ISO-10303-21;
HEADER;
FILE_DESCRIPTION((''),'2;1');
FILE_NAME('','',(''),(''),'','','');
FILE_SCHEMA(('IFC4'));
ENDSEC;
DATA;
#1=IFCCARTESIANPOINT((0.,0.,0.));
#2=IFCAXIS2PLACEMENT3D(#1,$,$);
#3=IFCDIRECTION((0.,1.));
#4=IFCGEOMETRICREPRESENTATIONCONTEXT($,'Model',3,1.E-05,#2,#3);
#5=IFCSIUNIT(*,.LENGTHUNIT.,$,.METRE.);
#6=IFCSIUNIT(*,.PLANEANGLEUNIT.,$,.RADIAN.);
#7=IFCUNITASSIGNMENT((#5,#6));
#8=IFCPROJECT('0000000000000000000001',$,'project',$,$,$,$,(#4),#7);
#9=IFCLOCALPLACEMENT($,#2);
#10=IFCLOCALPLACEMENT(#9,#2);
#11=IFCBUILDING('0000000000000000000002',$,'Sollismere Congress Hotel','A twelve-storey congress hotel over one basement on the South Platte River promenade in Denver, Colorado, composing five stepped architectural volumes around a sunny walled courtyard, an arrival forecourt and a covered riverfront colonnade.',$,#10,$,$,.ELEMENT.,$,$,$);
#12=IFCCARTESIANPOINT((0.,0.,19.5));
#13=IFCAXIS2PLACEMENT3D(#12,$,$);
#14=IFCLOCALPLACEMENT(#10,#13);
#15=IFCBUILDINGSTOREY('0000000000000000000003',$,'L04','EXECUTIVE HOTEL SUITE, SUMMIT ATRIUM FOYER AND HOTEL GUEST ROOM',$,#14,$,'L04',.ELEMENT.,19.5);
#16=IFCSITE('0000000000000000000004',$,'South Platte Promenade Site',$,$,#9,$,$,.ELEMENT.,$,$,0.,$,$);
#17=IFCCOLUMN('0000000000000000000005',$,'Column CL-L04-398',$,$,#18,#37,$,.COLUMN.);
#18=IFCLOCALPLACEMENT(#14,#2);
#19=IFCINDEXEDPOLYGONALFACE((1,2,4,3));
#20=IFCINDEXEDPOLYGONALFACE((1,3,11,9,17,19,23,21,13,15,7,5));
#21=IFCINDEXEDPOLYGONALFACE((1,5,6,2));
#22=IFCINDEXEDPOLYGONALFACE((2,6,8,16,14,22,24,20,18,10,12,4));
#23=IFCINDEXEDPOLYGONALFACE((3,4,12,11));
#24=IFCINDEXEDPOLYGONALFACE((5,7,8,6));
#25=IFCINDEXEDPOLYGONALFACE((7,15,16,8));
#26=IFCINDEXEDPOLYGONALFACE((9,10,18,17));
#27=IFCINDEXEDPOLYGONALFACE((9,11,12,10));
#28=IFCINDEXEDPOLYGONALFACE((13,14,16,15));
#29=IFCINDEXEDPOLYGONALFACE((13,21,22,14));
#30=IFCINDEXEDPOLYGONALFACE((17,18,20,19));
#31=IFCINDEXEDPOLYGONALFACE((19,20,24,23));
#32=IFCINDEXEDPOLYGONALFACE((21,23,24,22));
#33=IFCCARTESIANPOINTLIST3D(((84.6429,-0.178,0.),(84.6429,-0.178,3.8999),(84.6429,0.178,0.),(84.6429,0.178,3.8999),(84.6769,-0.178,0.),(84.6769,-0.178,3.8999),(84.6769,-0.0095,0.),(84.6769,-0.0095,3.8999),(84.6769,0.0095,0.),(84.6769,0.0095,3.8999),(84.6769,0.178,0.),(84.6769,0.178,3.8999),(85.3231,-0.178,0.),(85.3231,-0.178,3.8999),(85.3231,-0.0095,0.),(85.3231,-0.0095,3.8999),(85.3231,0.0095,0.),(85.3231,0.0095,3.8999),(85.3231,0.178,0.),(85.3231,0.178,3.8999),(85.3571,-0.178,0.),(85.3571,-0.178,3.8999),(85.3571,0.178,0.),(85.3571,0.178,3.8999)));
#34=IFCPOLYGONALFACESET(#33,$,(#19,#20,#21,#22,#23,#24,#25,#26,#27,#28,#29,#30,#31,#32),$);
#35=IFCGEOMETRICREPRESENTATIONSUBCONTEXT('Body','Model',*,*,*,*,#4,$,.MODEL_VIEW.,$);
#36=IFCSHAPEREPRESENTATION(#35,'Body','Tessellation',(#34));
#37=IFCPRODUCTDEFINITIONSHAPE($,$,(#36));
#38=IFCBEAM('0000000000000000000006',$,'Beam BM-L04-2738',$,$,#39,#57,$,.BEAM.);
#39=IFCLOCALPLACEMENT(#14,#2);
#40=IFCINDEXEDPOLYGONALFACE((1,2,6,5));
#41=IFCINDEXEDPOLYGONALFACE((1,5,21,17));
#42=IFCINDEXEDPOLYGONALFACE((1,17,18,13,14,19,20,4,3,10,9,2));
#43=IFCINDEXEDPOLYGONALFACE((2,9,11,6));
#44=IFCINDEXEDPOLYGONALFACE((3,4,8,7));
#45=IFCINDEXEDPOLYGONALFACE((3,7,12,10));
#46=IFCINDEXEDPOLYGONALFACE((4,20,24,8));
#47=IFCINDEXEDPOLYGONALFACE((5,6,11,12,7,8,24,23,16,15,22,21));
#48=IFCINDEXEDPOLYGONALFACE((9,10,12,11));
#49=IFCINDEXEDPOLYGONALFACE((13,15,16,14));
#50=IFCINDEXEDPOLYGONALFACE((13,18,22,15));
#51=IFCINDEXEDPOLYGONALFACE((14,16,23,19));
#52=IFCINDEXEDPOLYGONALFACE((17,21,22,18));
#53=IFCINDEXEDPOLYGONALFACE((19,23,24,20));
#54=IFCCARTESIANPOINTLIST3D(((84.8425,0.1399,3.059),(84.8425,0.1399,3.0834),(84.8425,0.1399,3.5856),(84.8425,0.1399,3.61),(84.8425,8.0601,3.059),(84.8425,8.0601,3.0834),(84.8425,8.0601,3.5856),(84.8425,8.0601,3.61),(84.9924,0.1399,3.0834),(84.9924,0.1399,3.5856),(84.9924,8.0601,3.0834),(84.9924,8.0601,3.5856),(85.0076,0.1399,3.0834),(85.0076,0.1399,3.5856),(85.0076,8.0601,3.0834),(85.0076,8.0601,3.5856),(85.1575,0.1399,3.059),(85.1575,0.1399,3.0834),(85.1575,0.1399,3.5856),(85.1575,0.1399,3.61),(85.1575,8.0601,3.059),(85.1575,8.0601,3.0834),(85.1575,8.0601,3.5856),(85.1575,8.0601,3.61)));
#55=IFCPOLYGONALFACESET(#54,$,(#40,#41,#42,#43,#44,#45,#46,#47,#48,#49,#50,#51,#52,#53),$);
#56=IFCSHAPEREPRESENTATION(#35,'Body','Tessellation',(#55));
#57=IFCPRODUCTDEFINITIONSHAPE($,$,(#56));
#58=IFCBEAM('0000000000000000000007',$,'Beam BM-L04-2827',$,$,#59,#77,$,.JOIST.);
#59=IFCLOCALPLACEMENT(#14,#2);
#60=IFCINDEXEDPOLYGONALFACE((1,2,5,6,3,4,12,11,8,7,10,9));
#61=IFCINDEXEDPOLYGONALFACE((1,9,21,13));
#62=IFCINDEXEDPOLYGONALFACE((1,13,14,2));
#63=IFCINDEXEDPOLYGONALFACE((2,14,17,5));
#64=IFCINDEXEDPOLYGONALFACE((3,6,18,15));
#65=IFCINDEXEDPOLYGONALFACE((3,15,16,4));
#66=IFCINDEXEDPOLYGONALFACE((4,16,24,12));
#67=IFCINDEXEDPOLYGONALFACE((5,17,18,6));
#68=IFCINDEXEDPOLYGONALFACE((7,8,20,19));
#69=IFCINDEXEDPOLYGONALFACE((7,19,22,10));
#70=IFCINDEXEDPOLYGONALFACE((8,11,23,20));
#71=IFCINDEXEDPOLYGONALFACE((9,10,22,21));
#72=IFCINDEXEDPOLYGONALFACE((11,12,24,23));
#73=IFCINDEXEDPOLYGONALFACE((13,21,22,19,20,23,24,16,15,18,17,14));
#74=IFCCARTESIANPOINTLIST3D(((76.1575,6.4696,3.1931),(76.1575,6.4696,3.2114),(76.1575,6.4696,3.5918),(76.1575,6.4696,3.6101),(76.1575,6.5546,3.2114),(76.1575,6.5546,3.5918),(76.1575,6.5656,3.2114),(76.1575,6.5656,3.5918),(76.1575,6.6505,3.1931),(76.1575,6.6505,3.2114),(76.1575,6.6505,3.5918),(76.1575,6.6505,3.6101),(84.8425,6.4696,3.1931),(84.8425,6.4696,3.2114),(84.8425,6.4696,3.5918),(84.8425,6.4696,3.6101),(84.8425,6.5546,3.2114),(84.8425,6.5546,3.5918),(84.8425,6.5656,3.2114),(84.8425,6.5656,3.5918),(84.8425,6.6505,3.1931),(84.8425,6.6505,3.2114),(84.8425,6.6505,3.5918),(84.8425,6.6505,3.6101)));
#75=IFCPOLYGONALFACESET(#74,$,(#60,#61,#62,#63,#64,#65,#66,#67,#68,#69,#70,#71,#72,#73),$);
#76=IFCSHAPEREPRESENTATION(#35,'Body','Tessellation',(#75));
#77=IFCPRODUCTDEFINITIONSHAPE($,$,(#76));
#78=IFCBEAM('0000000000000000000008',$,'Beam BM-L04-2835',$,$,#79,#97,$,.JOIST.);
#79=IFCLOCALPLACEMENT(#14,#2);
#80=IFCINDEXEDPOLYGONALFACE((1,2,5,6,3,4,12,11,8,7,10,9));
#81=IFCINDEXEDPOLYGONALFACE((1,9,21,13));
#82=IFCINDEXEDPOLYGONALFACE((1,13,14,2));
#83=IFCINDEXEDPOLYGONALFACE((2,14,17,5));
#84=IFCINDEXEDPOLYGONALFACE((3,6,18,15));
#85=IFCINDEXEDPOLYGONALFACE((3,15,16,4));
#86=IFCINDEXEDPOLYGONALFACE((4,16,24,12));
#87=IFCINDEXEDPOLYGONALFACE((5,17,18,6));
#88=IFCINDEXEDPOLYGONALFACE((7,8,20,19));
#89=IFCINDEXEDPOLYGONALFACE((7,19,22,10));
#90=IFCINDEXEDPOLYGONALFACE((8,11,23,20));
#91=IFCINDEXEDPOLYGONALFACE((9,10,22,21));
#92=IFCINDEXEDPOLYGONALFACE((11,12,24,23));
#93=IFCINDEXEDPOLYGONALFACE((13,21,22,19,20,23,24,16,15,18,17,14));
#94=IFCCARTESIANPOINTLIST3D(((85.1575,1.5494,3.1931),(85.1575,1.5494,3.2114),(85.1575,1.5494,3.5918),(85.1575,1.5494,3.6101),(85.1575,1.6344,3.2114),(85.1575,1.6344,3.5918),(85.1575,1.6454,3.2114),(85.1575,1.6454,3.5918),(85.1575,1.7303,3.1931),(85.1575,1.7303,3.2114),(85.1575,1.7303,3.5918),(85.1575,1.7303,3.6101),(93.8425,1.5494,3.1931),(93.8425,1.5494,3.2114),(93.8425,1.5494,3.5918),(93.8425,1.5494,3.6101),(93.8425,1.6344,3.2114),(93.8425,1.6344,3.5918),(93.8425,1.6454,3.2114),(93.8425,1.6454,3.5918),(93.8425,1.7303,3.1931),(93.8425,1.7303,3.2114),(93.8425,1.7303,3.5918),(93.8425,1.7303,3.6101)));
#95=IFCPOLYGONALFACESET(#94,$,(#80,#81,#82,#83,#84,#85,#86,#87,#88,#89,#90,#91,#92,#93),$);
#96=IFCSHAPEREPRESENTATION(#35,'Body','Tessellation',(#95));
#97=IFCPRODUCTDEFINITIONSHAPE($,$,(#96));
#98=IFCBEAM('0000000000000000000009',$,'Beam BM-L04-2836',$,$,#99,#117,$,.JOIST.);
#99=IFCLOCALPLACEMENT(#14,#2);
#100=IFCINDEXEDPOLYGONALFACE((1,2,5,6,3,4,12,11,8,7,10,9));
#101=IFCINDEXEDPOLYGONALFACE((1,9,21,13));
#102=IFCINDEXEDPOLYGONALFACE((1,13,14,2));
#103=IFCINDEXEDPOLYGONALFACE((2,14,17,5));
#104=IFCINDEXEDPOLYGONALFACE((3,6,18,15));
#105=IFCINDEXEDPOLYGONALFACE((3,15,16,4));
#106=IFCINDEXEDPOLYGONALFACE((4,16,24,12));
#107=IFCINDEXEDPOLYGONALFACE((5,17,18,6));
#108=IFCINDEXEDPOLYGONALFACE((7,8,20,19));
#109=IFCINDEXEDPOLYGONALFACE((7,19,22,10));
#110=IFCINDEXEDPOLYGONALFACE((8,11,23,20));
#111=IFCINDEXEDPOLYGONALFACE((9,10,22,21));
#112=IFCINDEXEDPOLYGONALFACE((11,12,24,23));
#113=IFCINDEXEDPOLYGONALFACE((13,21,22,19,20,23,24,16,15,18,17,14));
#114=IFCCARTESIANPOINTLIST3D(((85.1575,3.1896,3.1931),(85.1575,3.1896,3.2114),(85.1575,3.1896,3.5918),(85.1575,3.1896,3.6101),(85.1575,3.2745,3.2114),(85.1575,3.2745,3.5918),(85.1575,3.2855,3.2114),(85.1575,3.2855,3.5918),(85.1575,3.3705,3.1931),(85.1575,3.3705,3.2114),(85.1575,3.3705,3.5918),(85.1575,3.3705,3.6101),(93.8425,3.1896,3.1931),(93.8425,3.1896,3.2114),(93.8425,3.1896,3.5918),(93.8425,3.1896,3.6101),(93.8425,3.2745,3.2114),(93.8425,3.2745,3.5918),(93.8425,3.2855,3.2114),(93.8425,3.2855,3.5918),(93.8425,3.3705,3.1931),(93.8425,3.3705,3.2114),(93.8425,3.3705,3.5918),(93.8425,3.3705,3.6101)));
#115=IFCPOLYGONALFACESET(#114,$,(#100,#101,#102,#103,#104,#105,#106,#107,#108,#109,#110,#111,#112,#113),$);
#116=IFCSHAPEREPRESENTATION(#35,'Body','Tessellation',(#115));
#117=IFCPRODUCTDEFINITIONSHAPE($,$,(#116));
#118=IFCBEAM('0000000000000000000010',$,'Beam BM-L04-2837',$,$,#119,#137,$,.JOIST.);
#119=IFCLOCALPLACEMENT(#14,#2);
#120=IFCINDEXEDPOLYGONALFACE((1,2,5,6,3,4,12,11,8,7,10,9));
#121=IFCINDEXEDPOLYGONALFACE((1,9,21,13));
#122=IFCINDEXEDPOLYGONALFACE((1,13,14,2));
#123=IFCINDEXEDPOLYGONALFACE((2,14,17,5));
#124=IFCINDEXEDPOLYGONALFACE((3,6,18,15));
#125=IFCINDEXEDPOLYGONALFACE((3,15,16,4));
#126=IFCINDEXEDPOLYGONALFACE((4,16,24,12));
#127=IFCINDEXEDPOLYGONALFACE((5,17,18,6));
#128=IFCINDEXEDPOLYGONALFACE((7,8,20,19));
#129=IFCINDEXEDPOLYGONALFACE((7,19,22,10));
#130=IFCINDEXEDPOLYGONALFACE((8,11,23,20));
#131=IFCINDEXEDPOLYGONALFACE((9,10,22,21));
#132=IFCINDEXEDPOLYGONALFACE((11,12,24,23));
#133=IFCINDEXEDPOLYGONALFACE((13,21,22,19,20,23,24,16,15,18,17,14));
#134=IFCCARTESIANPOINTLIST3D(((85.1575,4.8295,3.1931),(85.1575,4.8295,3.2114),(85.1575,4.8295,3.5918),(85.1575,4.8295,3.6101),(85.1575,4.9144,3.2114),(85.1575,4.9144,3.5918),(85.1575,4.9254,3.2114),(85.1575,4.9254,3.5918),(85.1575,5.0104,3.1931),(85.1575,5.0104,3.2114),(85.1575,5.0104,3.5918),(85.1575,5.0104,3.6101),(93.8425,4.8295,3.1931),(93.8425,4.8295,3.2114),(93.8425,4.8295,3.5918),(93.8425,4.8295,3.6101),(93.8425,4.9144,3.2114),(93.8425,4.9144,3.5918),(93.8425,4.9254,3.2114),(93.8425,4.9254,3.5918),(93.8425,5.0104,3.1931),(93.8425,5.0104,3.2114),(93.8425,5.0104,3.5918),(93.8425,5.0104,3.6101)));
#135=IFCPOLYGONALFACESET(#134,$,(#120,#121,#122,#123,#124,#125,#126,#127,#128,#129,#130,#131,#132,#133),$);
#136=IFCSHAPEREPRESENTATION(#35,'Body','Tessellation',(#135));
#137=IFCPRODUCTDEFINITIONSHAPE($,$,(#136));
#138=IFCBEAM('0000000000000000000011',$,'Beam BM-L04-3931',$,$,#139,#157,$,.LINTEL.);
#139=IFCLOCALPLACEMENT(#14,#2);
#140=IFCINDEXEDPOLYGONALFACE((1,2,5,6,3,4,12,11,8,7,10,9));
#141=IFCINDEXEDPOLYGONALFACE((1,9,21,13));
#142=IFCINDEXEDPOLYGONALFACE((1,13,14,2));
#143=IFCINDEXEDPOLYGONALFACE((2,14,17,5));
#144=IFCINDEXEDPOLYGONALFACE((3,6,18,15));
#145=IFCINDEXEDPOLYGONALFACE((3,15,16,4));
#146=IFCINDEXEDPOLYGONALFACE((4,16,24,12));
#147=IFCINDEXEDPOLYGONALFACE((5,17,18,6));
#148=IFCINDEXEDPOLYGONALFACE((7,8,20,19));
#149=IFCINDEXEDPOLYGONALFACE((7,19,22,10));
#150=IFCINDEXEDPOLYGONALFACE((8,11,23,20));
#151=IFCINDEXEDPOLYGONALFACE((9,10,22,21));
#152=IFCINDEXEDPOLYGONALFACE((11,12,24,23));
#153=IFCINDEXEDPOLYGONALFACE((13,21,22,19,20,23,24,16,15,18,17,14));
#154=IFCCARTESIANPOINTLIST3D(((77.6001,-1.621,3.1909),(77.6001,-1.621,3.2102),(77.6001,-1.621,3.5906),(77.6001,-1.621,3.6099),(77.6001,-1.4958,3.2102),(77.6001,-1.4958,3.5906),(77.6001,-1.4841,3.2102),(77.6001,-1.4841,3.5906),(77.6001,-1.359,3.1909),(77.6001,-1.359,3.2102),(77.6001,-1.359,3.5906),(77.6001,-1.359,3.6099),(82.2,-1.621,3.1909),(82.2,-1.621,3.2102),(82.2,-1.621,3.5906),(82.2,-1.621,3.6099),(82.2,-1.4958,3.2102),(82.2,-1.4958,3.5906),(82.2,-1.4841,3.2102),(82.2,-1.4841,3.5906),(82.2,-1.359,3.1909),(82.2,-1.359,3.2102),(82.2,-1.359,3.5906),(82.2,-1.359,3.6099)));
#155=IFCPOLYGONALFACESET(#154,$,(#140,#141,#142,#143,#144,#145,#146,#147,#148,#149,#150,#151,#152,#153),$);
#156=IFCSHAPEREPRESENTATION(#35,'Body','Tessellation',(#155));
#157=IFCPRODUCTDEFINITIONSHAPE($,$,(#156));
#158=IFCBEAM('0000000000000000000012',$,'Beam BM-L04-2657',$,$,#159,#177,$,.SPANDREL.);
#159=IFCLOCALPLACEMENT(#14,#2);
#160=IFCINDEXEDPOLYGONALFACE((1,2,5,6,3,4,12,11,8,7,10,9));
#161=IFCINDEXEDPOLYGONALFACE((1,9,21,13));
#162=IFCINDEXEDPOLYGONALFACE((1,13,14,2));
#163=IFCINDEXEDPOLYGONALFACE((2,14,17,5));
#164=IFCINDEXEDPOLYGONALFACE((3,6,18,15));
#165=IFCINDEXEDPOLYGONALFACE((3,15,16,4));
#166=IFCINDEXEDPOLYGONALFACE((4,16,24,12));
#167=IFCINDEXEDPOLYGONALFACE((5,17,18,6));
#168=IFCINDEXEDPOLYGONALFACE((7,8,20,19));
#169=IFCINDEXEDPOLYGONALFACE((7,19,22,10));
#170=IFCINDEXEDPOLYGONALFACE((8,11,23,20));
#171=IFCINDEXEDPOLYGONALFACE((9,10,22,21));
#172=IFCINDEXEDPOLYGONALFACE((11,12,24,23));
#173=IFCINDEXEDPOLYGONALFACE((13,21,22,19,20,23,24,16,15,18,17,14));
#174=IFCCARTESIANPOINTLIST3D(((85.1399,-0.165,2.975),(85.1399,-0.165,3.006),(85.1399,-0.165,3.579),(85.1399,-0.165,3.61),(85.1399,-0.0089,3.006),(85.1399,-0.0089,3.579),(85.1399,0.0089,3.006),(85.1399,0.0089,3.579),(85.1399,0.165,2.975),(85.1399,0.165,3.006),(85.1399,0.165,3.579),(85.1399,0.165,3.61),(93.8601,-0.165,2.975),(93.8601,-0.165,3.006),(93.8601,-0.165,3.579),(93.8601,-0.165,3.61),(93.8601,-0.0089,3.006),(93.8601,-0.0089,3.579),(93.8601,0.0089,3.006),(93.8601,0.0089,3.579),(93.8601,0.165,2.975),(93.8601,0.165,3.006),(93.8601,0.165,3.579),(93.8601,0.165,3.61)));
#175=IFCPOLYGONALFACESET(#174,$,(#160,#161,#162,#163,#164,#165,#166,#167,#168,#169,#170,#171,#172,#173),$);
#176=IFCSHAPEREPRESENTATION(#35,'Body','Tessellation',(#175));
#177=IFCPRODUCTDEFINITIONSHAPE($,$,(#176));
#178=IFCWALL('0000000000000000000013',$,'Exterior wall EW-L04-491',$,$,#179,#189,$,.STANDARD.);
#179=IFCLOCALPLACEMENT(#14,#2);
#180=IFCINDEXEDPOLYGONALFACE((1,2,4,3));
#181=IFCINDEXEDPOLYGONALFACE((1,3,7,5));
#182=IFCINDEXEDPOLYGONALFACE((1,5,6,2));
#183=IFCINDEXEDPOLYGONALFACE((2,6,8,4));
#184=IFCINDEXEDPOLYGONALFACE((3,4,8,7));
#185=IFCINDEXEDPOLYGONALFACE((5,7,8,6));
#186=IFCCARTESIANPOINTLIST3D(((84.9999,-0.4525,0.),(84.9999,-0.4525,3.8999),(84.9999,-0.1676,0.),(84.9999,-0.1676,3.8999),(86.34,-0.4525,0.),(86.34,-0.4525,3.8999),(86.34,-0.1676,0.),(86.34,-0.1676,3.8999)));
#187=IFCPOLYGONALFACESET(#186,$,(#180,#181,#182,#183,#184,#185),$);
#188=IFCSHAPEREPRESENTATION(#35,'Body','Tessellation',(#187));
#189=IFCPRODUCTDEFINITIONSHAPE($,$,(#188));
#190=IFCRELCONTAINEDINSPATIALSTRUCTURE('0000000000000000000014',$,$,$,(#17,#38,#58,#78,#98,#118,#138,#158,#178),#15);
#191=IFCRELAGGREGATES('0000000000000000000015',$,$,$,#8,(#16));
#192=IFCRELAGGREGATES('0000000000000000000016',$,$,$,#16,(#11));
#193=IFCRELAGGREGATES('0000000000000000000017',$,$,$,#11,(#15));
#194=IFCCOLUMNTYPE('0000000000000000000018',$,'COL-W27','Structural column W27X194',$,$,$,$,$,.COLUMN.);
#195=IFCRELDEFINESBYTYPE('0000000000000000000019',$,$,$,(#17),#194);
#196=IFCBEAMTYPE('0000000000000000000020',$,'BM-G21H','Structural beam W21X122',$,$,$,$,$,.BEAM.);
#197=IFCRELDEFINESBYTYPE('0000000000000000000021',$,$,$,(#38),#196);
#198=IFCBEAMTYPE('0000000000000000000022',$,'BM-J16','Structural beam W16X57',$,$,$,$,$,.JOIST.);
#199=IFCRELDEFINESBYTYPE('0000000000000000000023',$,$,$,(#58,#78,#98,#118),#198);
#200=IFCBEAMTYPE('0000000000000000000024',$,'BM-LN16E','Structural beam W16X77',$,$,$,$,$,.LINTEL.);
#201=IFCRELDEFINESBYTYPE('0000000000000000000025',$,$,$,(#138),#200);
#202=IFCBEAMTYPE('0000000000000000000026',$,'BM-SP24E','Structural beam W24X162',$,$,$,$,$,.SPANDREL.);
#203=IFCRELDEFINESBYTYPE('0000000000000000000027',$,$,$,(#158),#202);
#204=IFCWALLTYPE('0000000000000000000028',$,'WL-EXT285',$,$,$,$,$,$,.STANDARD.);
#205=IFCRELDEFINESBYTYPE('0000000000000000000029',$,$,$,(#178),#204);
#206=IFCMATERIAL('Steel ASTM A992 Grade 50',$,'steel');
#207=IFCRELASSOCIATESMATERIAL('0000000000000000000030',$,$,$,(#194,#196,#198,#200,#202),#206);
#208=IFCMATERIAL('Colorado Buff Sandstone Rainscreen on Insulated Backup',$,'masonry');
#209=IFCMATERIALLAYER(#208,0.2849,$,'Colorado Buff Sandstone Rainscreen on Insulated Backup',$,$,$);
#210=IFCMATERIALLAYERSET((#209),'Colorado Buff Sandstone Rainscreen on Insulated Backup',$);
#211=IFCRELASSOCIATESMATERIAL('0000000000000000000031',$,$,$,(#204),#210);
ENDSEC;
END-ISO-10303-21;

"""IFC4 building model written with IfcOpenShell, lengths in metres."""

from ifc_helpers import new_model, si_unit, direction, frame, frame_2d, origin, origin_2d, place, context, subcontext, project, spatial, rectangle, i_section, extrude, material, layer, layer_set, material_profile, profile_set, type_object, element, save


model = new_model("IFC4")

# Units and contexts
model_context = context("Model", 3, precision=1e-05, world=origin(), true_north=direction((0.0, 1.0)))
body_context = subcontext(model_context, "Body", "Model", "MODEL_VIEW")
ifc_project = project(units=[si_unit("LENGTHUNIT", "METRE"), si_unit("PLANEANGLEUNIT", "RADIAN")], contexts=[model_context])

# Site, building, storey
site_placement = place(None, origin())
site = spatial("IfcSite", under=ifc_project, at=site_placement, Name="South Platte Promenade Site", CompositionType="ELEMENT", RefElevation=0.0)
building_placement = place(site_placement, origin())
building = spatial("IfcBuilding", under=site, at=building_placement, Name="Sollismere Congress Hotel", Description="A twelve-storey congress hotel over one basement on the South Platte River promenade in Denver, Colorado, composing five stepped architectural volumes around a sunny walled courtyard, an arrival forecourt and a covered riverfront colonnade.", CompositionType="ELEMENT")
storey_placement = place(building_placement, frame((0.0, 0.0, 19.5)))
storey = spatial("IfcBuildingStorey", under=building, at=storey_placement, Name="L04", Description="EXECUTIVE HOTEL SUITE, SUMMIT ATRIUM FOYER AND HOTEL GUEST ROOM", LongName="L04", CompositionType="ELEMENT", Elevation=19.5)

# Column
ifc_material_1 = material(Name="Steel ASTM A992 Grade 50", Category="steel")
ifc_material_profile_1 = material_profile(ifc_material_1, i_section(OverallWidth=0.356, OverallDepth=0.7141, WebThickness=0.019, FlangeThickness=0.0339, at=origin_2d()), Name="W27X194")
ifc_profile_set_1 = profile_set([ifc_material_profile_1], Name="Steel ASTM A992 Grade 50")
column_type = type_object("IfcColumnType", Name="COL-W27", Description="Structural column W27X194", PredefinedType="COLUMN", material=ifc_profile_set_1)
column_placement = place(storey_placement, frame((85.0, 0.0, 0.0), z_axis=(0.0, 0.0, 1.0), x_axis=(0.0, 1.0, 0.0)))
element("IfcColumn", 1, at=column_placement, inside=storey, type_object=column_type, Name="Column CL-L04-398", PredefinedType="COLUMN", context=body_context, shape_type="SweptSolid", body=[
    extrude(i_section(OverallWidth=0.356, OverallDepth=0.7141, WebThickness=0.019, FlangeThickness=0.0339, at=origin_2d()), origin(), (0.0, 0.0, 1.0), 3.8999),
])

# Beams
ifc_material_profile_2 = material_profile(ifc_material_1, i_section(OverallWidth=0.3149, OverallDepth=0.551, WebThickness=0.0151, FlangeThickness=0.0244, at=origin_2d()), Name="W21X122")
ifc_profile_set_2 = profile_set([ifc_material_profile_2], Name="Steel ASTM A992 Grade 50")
beam_type_1 = type_object("IfcBeamType", Name="BM-G21H", Description="Structural beam W21X122", PredefinedType="BEAM", material=ifc_profile_set_2)
beam_1_placement = place(storey_placement, frame((85.0, 0.1399, 3.3345), z_axis=(0.0, 1.0, 0.0), x_axis=(-1.0, 0.0, 0.0)))
element("IfcBeam", 2, at=beam_1_placement, inside=storey, type_object=beam_type_1, Name="Beam BM-L04-2738", PredefinedType="BEAM", context=body_context, shape_type="SweptSolid", body=[
    extrude(i_section(OverallWidth=0.3149, OverallDepth=0.551, WebThickness=0.0151, FlangeThickness=0.0244, at=origin_2d()), origin(), (0.0, 0.0, 1.0), 7.9202),
])
ifc_material_profile_3 = material_profile(ifc_material_1, i_section(OverallWidth=0.1809, OverallDepth=0.417, WebThickness=0.011, FlangeThickness=0.0183, at=origin_2d()), Name="W16X57")
ifc_profile_set_3 = profile_set([ifc_material_profile_3], Name="Steel ASTM A992 Grade 50")
beam_type_2 = type_object("IfcBeamType", Name="BM-J16", Description="Structural beam W16X57", PredefinedType="JOIST", material=ifc_profile_set_3)
for number, where, z_axis, x_axis, name in (
    (3, (76.1575, 6.5601, 3.4016), (1.0, 0.0, 0.0), (0.0, 1.0, 0.0), "Beam BM-L04-2827"),
    (4, (85.1575, 1.6399, 3.4016), (1.0, 0.0, 0.0), (0.0, 1.0, 0.0), "Beam BM-L04-2835"),
    (5, (85.1575, 3.28, 3.4016), (1.0, 0.0, 0.0), (0.0, 1.0, 0.0), "Beam BM-L04-2836"),
    (6, (85.1575, 4.9199, 3.4016), (1.0, 0.0, 0.0), (0.0, 1.0, 0.0), "Beam BM-L04-2837"),
):
    element("IfcBeam", number, at=place(storey_placement, frame(where, z_axis=z_axis, x_axis=x_axis)), inside=storey, type_object=beam_type_2, Name=name, PredefinedType="JOIST", context=body_context, shape_type="SweptSolid", body=[
        extrude(i_section(OverallWidth=0.1809, OverallDepth=0.417, WebThickness=0.011, FlangeThickness=0.0183, at=origin_2d()), origin(), (0.0, 0.0, 1.0), 8.6851),
    ])
ifc_material_profile_4 = material_profile(ifc_material_1, i_section(OverallWidth=0.262, OverallDepth=0.4189, WebThickness=0.0117, FlangeThickness=0.0193, at=origin_2d()), Name="W16X77")
ifc_profile_set_4 = profile_set([ifc_material_profile_4], Name="Steel ASTM A992 Grade 50")
beam_type_3 = type_object("IfcBeamType", Name="BM-LN16E", Description="Structural beam W16X77", PredefinedType="LINTEL", material=ifc_profile_set_4)
beam_2_placement = place(storey_placement, frame((77.6001, -1.49, 3.4004), z_axis=(1.0, 0.0, 0.0), x_axis=(0.0, 1.0, 0.0)))
element("IfcBeam", 7, at=beam_2_placement, inside=storey, type_object=beam_type_3, Name="Beam BM-L04-3931", PredefinedType="LINTEL", context=body_context, shape_type="SweptSolid", body=[
    extrude(i_section(OverallWidth=0.262, OverallDepth=0.4189, WebThickness=0.0117, FlangeThickness=0.0193, at=origin_2d()), origin(), (0.0, 0.0, 1.0), 4.5999),
])
ifc_material_profile_5 = material_profile(ifc_material_1, i_section(OverallWidth=0.3301, OverallDepth=0.635, WebThickness=0.0178, FlangeThickness=0.031, at=origin_2d()), Name="W24X162")
ifc_profile_set_5 = profile_set([ifc_material_profile_5], Name="Steel ASTM A992 Grade 50")
beam_type_4 = type_object("IfcBeamType", Name="BM-SP24E", Description="Structural beam W24X162", PredefinedType="SPANDREL", material=ifc_profile_set_5)
beam_3_placement = place(storey_placement, frame((85.1399, 0.0, 3.2925), z_axis=(1.0, 0.0, 0.0), x_axis=(0.0, 1.0, 0.0)))
element("IfcBeam", 8, at=beam_3_placement, inside=storey, type_object=beam_type_4, Name="Beam BM-L04-2657", PredefinedType="SPANDREL", context=body_context, shape_type="SweptSolid", body=[
    extrude(i_section(OverallWidth=0.3301, OverallDepth=0.635, WebThickness=0.0178, FlangeThickness=0.031, at=origin_2d()), origin(), (0.0, 0.0, 1.0), 8.7202),
])

# Wall
ifc_material_2 = material(Name="Colorado Buff Sandstone Rainscreen on Insulated Backup", Category="masonry")
ifc_layer_1 = layer(ifc_material_2, 0.2849, Name="Colorado Buff Sandstone Rainscreen on Insulated Backup")
ifc_layer_set_1 = layer_set([ifc_layer_1], Name="Colorado Buff Sandstone Rainscreen on Insulated Backup")
wall_type_1 = type_object("IfcWallType", Name="WL-EXT285", PredefinedType="STANDARD", material=ifc_layer_set_1)
wall_1_placement = place(storey_placement, frame((85.0, -0.3101, 0.0), z_axis=(0.0, 0.0, 1.0), x_axis=(1.0, 0.0, 0.0)))
element("IfcWall", 9, at=wall_1_placement, inside=storey, type_object=wall_type_1, Name="Exterior wall EW-L04-491", PredefinedType="STANDARD", context=body_context, shape_type="SweptSolid", body=[
    extrude(rectangle(XDim=1.3401, YDim=0.2849, at=frame_2d((0.6699, 0.0))), origin(), (0.0, 0.0, 1.0), 3.8999),
])

save(model, "model.ifc")
